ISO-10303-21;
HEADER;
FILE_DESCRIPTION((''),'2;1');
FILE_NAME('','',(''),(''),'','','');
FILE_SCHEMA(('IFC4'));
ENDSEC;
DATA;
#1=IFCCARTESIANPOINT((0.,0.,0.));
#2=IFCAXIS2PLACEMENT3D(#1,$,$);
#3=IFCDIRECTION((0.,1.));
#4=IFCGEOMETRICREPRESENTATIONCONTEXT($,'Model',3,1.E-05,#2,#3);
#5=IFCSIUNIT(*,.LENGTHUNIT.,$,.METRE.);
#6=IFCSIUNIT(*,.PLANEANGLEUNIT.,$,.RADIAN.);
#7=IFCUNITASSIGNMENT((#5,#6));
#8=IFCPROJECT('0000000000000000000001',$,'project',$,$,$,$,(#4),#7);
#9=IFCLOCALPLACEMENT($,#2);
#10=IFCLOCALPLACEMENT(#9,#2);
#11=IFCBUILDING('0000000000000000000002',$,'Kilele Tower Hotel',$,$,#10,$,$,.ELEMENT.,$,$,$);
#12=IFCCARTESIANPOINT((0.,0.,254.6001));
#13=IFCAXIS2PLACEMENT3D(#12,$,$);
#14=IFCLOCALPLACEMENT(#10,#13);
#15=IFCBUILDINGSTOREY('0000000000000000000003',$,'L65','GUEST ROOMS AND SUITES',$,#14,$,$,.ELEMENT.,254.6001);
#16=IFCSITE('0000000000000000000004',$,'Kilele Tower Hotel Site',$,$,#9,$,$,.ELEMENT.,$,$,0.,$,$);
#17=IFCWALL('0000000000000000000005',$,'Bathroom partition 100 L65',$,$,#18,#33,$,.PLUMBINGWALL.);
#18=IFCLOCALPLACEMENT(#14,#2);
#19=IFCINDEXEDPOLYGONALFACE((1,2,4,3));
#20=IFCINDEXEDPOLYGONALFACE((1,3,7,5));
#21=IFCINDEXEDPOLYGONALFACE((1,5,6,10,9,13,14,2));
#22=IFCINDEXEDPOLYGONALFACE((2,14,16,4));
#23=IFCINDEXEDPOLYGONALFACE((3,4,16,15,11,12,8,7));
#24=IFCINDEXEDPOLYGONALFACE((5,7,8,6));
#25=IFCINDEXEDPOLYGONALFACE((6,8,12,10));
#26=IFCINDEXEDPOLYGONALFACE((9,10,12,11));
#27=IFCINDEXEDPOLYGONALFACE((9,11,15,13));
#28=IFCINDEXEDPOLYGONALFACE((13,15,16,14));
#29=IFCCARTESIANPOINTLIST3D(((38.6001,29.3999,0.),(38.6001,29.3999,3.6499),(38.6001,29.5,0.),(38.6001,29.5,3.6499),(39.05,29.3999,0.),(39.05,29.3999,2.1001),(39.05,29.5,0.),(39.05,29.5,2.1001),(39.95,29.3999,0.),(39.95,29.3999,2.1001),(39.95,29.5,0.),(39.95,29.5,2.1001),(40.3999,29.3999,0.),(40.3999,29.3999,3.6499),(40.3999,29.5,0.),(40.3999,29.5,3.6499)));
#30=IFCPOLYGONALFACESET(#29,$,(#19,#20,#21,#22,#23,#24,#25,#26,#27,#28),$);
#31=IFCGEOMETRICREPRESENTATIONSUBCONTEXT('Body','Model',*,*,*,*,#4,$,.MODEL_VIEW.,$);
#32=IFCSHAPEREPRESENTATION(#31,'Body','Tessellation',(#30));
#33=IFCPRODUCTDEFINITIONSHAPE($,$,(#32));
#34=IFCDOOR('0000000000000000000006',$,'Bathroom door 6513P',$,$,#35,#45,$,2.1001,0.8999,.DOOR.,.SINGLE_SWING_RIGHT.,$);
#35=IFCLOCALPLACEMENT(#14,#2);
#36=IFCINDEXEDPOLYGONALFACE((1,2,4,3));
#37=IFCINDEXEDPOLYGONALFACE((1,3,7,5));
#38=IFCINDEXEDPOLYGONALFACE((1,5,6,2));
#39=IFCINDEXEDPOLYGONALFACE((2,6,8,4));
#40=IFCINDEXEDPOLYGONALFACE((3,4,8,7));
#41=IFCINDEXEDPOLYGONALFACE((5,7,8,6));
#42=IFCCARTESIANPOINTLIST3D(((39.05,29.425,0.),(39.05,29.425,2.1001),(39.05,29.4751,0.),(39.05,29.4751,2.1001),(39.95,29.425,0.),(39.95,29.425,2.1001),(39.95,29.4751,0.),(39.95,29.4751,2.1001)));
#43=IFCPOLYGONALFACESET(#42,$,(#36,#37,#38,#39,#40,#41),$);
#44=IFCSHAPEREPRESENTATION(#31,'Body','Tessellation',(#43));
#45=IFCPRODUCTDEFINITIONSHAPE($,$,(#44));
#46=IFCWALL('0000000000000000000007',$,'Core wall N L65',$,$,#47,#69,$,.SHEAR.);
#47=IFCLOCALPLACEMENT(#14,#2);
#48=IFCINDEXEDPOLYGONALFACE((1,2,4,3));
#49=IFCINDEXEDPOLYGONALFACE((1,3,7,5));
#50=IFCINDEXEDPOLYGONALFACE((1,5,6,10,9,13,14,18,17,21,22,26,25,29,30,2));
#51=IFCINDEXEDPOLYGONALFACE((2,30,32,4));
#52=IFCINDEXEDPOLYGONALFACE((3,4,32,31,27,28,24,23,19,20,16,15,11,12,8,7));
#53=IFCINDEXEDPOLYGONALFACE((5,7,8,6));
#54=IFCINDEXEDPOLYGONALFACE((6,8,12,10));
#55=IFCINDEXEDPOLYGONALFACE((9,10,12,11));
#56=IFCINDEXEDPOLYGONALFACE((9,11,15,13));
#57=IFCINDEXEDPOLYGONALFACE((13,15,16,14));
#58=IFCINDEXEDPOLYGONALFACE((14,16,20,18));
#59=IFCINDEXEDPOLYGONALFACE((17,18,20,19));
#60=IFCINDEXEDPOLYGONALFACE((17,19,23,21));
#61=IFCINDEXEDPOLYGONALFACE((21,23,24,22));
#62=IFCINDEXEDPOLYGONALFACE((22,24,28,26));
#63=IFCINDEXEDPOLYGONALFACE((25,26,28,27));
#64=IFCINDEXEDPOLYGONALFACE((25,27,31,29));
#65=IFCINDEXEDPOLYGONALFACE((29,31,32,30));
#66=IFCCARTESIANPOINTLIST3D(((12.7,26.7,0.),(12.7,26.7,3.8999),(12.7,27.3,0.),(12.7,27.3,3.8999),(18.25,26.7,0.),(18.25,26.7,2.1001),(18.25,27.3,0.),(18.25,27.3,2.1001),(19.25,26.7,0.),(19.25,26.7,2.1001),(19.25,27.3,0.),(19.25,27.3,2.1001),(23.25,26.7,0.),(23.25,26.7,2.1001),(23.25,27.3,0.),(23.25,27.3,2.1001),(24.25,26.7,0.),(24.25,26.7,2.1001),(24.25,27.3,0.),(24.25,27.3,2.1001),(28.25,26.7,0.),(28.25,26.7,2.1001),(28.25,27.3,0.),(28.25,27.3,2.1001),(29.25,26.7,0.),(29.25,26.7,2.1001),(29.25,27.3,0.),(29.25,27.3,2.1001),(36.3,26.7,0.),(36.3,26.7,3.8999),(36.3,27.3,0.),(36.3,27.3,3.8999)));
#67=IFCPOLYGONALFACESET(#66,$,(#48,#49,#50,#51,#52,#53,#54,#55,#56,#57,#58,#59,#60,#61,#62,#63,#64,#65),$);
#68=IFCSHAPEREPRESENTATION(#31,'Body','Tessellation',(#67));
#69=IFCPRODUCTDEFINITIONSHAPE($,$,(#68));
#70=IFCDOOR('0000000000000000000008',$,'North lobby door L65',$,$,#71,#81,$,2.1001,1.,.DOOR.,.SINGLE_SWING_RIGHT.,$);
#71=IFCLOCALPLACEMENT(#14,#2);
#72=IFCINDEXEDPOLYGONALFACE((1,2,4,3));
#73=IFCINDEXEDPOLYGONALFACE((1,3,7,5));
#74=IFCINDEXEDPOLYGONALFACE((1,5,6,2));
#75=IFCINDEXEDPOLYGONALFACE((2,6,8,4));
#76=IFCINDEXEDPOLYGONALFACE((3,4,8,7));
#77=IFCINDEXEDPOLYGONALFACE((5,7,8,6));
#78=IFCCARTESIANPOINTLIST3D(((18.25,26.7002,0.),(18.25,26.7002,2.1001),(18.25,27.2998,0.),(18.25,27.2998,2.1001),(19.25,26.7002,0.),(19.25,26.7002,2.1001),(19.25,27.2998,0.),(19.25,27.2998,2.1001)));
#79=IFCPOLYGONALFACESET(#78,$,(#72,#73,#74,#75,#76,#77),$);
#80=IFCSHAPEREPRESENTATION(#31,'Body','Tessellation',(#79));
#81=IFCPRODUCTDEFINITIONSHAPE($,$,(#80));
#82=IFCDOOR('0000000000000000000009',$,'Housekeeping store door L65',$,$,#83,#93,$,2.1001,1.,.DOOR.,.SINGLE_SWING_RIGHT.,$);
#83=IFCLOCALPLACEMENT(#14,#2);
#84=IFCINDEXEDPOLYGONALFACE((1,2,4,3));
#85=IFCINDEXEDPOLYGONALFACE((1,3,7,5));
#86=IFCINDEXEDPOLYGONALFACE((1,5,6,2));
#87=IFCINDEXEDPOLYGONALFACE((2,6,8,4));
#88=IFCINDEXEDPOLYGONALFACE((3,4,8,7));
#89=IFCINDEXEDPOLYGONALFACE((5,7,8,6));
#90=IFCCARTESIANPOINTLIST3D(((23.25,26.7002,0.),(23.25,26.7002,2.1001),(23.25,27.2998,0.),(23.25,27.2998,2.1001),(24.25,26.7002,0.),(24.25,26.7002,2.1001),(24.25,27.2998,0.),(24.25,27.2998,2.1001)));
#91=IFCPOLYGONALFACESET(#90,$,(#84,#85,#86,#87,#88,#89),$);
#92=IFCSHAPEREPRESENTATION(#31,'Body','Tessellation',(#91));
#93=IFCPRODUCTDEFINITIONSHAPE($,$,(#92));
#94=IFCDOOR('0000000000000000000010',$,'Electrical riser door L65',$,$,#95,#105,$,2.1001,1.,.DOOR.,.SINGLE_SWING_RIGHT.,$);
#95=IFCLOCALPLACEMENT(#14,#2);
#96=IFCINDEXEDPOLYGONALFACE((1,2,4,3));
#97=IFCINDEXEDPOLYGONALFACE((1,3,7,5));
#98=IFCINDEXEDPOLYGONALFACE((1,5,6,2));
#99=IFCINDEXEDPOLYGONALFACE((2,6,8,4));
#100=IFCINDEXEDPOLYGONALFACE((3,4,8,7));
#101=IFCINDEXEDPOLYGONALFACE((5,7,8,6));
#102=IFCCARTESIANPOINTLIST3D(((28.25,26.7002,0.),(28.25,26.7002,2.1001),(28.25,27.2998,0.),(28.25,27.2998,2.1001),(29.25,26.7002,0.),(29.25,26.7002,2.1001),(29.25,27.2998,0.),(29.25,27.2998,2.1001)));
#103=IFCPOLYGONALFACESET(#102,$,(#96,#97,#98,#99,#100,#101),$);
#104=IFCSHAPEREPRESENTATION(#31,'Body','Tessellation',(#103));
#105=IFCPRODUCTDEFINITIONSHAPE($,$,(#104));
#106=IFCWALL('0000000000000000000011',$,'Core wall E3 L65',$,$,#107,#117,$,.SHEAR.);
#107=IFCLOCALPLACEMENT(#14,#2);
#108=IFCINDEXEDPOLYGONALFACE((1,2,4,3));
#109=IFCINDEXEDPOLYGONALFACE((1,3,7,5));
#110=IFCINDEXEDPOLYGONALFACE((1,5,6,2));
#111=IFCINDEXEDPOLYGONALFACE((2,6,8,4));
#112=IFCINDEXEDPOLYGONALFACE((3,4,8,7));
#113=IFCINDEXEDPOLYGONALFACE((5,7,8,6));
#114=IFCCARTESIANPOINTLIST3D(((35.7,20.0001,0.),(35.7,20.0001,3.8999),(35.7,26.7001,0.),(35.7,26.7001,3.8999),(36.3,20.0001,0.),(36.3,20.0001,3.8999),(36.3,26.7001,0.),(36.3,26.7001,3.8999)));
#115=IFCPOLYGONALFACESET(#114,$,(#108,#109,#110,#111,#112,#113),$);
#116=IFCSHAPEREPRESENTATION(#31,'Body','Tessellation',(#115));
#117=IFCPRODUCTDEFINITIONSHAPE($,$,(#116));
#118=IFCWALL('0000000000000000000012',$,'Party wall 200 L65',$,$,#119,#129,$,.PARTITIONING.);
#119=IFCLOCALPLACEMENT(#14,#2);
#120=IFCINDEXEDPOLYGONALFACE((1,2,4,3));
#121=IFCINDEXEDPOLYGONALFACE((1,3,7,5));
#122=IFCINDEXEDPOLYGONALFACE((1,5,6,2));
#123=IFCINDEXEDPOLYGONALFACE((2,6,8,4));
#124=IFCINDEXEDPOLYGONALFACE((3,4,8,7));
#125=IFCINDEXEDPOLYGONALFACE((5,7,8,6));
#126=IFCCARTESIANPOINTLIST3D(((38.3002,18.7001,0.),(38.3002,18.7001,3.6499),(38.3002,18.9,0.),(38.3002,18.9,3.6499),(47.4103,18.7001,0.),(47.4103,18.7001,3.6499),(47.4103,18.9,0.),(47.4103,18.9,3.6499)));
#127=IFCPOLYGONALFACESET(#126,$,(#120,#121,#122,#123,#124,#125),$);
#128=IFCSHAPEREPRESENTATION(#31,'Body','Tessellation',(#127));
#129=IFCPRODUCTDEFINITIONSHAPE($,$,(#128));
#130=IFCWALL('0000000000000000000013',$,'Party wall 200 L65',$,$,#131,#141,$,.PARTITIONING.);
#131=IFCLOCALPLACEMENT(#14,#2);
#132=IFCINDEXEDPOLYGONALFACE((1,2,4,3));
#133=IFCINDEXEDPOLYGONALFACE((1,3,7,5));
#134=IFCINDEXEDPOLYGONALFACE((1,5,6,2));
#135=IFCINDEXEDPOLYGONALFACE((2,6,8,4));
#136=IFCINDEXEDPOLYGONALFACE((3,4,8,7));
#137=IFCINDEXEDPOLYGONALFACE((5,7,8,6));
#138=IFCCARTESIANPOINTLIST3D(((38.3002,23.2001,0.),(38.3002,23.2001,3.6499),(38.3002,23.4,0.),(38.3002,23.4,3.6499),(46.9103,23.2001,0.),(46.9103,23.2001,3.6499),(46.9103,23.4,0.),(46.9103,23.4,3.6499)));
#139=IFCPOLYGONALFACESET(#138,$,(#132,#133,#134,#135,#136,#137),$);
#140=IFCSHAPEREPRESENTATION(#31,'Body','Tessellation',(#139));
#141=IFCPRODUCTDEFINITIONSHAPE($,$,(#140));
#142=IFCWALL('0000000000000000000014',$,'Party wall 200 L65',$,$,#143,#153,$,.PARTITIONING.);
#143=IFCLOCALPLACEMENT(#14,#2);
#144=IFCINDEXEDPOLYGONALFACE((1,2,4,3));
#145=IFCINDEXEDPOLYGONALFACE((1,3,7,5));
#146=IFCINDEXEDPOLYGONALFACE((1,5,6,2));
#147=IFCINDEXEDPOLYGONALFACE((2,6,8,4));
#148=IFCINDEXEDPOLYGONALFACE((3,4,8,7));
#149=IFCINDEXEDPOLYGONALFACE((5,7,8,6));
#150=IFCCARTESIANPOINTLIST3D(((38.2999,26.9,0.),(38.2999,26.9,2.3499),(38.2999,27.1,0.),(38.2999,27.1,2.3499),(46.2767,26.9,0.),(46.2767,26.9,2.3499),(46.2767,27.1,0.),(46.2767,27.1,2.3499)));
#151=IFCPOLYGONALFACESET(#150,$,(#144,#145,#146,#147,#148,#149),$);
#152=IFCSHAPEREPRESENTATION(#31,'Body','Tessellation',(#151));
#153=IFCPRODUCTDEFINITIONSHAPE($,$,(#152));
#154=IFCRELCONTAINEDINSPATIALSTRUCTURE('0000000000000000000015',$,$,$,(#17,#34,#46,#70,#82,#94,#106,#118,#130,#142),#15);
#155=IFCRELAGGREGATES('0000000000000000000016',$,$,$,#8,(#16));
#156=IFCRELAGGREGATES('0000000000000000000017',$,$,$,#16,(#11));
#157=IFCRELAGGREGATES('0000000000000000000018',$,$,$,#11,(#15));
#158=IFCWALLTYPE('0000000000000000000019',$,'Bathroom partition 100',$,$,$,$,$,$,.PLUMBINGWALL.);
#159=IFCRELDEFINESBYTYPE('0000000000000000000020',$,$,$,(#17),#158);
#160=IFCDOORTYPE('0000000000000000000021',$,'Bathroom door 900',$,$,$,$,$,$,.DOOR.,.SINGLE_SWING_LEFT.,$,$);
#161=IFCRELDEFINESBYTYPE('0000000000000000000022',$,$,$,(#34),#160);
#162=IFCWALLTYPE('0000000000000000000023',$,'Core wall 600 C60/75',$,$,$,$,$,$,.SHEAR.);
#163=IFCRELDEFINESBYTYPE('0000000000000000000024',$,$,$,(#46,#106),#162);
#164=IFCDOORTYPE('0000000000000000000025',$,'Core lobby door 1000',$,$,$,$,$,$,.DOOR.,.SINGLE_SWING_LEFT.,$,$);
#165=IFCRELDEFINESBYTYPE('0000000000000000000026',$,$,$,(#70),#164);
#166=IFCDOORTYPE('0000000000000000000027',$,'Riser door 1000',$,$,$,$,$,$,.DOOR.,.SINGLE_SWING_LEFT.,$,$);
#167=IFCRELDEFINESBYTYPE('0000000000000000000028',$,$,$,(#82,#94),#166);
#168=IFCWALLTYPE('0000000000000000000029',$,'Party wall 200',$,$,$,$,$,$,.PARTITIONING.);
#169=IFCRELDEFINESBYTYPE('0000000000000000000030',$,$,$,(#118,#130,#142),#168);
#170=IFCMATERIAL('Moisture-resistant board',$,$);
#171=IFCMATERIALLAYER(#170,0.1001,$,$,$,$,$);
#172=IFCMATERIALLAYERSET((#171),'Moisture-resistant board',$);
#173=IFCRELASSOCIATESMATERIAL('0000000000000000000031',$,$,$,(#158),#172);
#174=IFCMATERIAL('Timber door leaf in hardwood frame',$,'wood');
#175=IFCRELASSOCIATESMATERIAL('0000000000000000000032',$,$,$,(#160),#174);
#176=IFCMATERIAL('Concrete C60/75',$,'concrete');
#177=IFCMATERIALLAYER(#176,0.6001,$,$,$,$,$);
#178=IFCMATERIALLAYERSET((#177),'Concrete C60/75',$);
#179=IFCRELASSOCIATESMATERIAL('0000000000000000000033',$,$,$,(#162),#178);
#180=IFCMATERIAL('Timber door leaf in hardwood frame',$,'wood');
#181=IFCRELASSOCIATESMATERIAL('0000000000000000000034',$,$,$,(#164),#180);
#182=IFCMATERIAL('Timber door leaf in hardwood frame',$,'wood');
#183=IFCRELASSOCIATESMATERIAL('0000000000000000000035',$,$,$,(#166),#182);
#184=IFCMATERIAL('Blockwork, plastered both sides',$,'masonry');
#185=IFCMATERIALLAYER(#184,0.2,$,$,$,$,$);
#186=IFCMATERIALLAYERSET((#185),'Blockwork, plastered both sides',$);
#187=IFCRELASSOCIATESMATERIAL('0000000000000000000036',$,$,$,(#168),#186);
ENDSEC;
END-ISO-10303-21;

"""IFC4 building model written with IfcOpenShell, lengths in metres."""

from ifc_helpers import new_model, si_unit, direction, frame, frame_2d, origin, place, context, subcontext, project, spatial, rectangle, extrude, material, layer, layer_set, type_object, element, fill, save


model = new_model("IFC4")

# Units and contexts
model_context = context("Model", 3, precision=1e-05, world=origin(), true_north=direction((0.0, 1.0)))
body_context = subcontext(model_context, "Body", "Model", "MODEL_VIEW")
ifc_project = project(units=[si_unit("LENGTHUNIT", "METRE"), si_unit("PLANEANGLEUNIT", "RADIAN")], contexts=[model_context])

# Site, building, storey
site_placement = place(None, origin())
site = spatial("IfcSite", under=ifc_project, at=site_placement, Name="Kilele Tower Hotel Site", CompositionType="ELEMENT", RefElevation=0.0)
building_placement = place(site_placement, origin())
building = spatial("IfcBuilding", under=site, at=building_placement, Name="Kilele Tower Hotel", CompositionType="ELEMENT")
storey_placement = place(building_placement, frame((0.0, 0.0, 254.6001)))
storey = spatial("IfcBuildingStorey", under=building, at=storey_placement, Name="L65", Description="GUEST ROOMS AND SUITES", CompositionType="ELEMENT", Elevation=254.6001)

# Shared definitions
ifc_material_1 = material(Name="Moisture-resistant board")
ifc_layer_1 = layer(ifc_material_1, 0.1001)
ifc_layer_set_1 = layer_set([ifc_layer_1], Name="Moisture-resistant board")
wall_type_1 = type_object("IfcWallType", Name="Bathroom partition 100", PredefinedType="PLUMBINGWALL", material=ifc_layer_set_1)

# Wall, opening, door
ifc_material_2 = material(Name="Timber door leaf in hardwood frame", Category="wood")
door_type_1 = type_object("IfcDoorType", Name="Bathroom door 900", OperationType="SINGLE_SWING_LEFT", PredefinedType="DOOR", material=ifc_material_2)
wall_1_placement = place(storey_placement, frame((38.6001, 29.45, 0.0), z_axis=(0.0, 0.0, 1.0), x_axis=(1.0, 0.0, 0.0)))
wall_1 = element("IfcWall", 1, at=wall_1_placement, inside=storey, type_object=wall_type_1, Name="Bathroom partition 100 L65", PredefinedType="PLUMBINGWALL", context=body_context, shape_type="SweptSolid", body=[
    extrude(rectangle(XDim=1.7998, YDim=0.1001, at=frame_2d((0.8999, 0.0))), origin(), (0.0, 0.0, 1.0), 3.6499),
])
opening_1_placement = place(wall_1_placement, frame((1.3499, 0.0, 0.0), z_axis=(0.0, 0.0, 1.0), x_axis=(-1.0, 0.0, 0.0)))
opening_1 = element("IfcOpeningElement", 2, at=opening_1_placement, cuts=wall_1, PredefinedType="OPENING", context=body_context, shape_type="SweptSolid", body=[
    extrude(rectangle(XDim=0.8999, YDim=2.1001, at=frame_2d((0.45, 1.05))), frame((0.0, 0.0601, 0.0), z_axis=(0.0, -1.0, 0.0), x_axis=(1.0, 0.0, 0.0)), (0.0, 0.0, 1.0), 0.1201),
])
door_1_placement = place(opening_1_placement, origin())
door_1 = element("IfcDoor", 3, at=door_1_placement, inside=storey, type_object=door_type_1, Name="Bathroom door 6513P", OperationType="SINGLE_SWING_RIGHT", OverallHeight=2.1001, OverallWidth=0.8999, PredefinedType="DOOR", context=body_context, shape_type="SweptSolid", body=[
    extrude(rectangle(XDim=0.8999, YDim=2.1001, at=frame_2d((0.45, 1.05))), frame((0.0, 0.0249, 0.0), z_axis=(0.0, -1.0, 0.0), x_axis=(1.0, 0.0, 0.0)), (0.0, 0.0, 1.0), 0.05),
])
fill(opening_1, door_1)

# Wall, openings, doors
ifc_material_3 = material(Name="Concrete C60/75", Category="concrete")
ifc_layer_2 = layer(ifc_material_3, 0.6001)
ifc_layer_set_2 = layer_set([ifc_layer_2], Name="Concrete C60/75")
wall_type_2 = type_object("IfcWallType", Name="Core wall 600 C60/75", PredefinedType="SHEAR", material=ifc_layer_set_2)
wall_2_placement = place(storey_placement, frame((36.3, 27.0, 0.0), z_axis=(0.0, 0.0, 1.0), x_axis=(-1.0, 0.0, 0.0)))
wall_2 = element("IfcWall", 4, at=wall_2_placement, inside=storey, type_object=wall_type_2, Name="Core wall N L65", PredefinedType="SHEAR", context=body_context, shape_type="SweptSolid", body=[
    extrude(rectangle(XDim=23.6001, YDim=0.6001, at=frame_2d((11.8, 0.0))), origin(), (0.0, 0.0, 1.0), 3.8999),
])
opening_2_placement = place(wall_2_placement, frame((17.05, 0.0, 0.0)))
opening_2 = element("IfcOpeningElement", 5, at=opening_2_placement, cuts=wall_2, PredefinedType="OPENING", context=body_context, shape_type="SweptSolid", body=[
    extrude(rectangle(XDim=1.0, YDim=2.1001, at=frame_2d((0.5, 1.05))), frame((0.0, 0.3101, 0.0), z_axis=(0.0, -1.0, 0.0), x_axis=(1.0, 0.0, 0.0)), (0.0, 0.0, 1.0), 0.6201),
])
opening_3_placement = place(wall_2_placement, frame((12.05, 0.0, 0.0)))
opening_3 = element("IfcOpeningElement", 6, at=opening_3_placement, cuts=wall_2, PredefinedType="OPENING", context=body_context, shape_type="SweptSolid", body=[
    extrude(rectangle(XDim=1.0, YDim=2.1001, at=frame_2d((0.5, 1.05))), frame((0.0, 0.3101, 0.0), z_axis=(0.0, -1.0, 0.0), x_axis=(1.0, 0.0, 0.0)), (0.0, 0.0, 1.0), 0.6201),
])
opening_4_placement = place(wall_2_placement, frame((7.05, 0.0, 0.0)))
opening_4 = element("IfcOpeningElement", 7, at=opening_4_placement, cuts=wall_2, PredefinedType="OPENING", context=body_context, shape_type="SweptSolid", body=[
    extrude(rectangle(XDim=1.0, YDim=2.1001, at=frame_2d((0.5, 1.05))), frame((0.0, 0.3101, 0.0), z_axis=(0.0, -1.0, 0.0), x_axis=(1.0, 0.0, 0.0)), (0.0, 0.0, 1.0), 0.6201),
])
ifc_material_4 = material(Name="Timber door leaf in hardwood frame", Category="wood")
door_type_2 = type_object("IfcDoorType", Name="Core lobby door 1000", OperationType="SINGLE_SWING_LEFT", PredefinedType="DOOR", material=ifc_material_4)
door_2_placement = place(opening_2_placement, origin())
door_2 = element("IfcDoor", 8, at=door_2_placement, inside=storey, type_object=door_type_2, Name="North lobby door L65", OperationType="SINGLE_SWING_RIGHT", OverallHeight=2.1001, OverallWidth=1.0, PredefinedType="DOOR", context=body_context, shape_type="SweptSolid", body=[
    extrude(rectangle(XDim=1.0, YDim=2.1001, at=frame_2d((0.5, 1.05))), frame((0.0, 0.2998, 0.0), z_axis=(0.0, -1.0, 0.0), x_axis=(1.0, 0.0, 0.0)), (0.0, 0.0, 1.0), 0.5996),
])
fill(opening_2, door_2)
ifc_material_5 = material(Name="Timber door leaf in hardwood frame", Category="wood")
door_type_3 = type_object("IfcDoorType", Name="Riser door 1000", OperationType="SINGLE_SWING_LEFT", PredefinedType="DOOR", material=ifc_material_5)
door_3_placement = place(opening_3_placement, origin())
door_3 = element("IfcDoor", 9, at=door_3_placement, inside=storey, type_object=door_type_3, Name="Housekeeping store door L65", OperationType="SINGLE_SWING_RIGHT", OverallHeight=2.1001, OverallWidth=1.0, PredefinedType="DOOR", context=body_context, shape_type="SweptSolid", body=[
    extrude(rectangle(XDim=1.0, YDim=2.1001, at=frame_2d((0.5, 1.05))), frame((0.0, 0.2998, 0.0), z_axis=(0.0, -1.0, 0.0), x_axis=(1.0, 0.0, 0.0)), (0.0, 0.0, 1.0), 0.5996),
])
fill(opening_3, door_3)
door_4_placement = place(opening_4_placement, origin())
door_4 = element("IfcDoor", 10, at=door_4_placement, inside=storey, type_object=door_type_3, Name="Electrical riser door L65", OperationType="SINGLE_SWING_RIGHT", OverallHeight=2.1001, OverallWidth=1.0, PredefinedType="DOOR", context=body_context, shape_type="SweptSolid", body=[
    extrude(rectangle(XDim=1.0, YDim=2.1001, at=frame_2d((0.5, 1.05))), frame((0.0, 0.2998, 0.0), z_axis=(0.0, -1.0, 0.0), x_axis=(1.0, 0.0, 0.0)), (0.0, 0.0, 1.0), 0.5996),
])
fill(opening_4, door_4)

# Walls
wall_3_placement = place(storey_placement, frame((36.0, 20.0, 0.0), z_axis=(0.0, 0.0, 1.0), x_axis=(0.0, 1.0, 0.0)))
element("IfcWall", 11, at=wall_3_placement, inside=storey, type_object=wall_type_2, Name="Core wall E3 L65", PredefinedType="SHEAR", context=body_context, shape_type="SweptSolid", body=[
    extrude(rectangle(XDim=6.7, YDim=0.6001, at=frame_2d((3.3501, 0.0))), origin(), (0.0, 0.0, 1.0), 3.8999),
])
ifc_material_6 = material(Name="Blockwork, plastered both sides", Category="masonry")
ifc_layer_3 = layer(ifc_material_6, 0.2)
ifc_layer_set_3 = layer_set([ifc_layer_3], Name="Blockwork, plastered both sides")
wall_type_3 = type_object("IfcWallType", Name="Party wall 200", PredefinedType="PARTITIONING", material=ifc_layer_set_3)
wall_4_placement = place(storey_placement, frame((38.3, 18.8, 0.0), z_axis=(0.0, 0.0, 1.0), x_axis=(1.0, 0.0, 0.0)))
element("IfcWall", 12, at=wall_4_placement, inside=storey, type_object=wall_type_3, Name="Party wall 200 L65", PredefinedType="PARTITIONING", context=body_context, shape_type="SweptSolid", body=[
    extrude(rectangle(XDim=9.1101, YDim=0.2, at=frame_2d((4.5552, 0.0))), origin(), (0.0, 0.0, 1.0), 3.6499),
])
wall_5_placement = place(storey_placement, frame((38.3, 23.3, 0.0), z_axis=(0.0, 0.0, 1.0), x_axis=(1.0, 0.0, 0.0)))
element("IfcWall", 13, at=wall_5_placement, inside=storey, type_object=wall_type_3, Name="Party wall 200 L65", PredefinedType="PARTITIONING", context=body_context, shape_type="SweptSolid", body=[
    extrude(rectangle(XDim=8.6101, YDim=0.2, at=frame_2d((4.3052, 0.0))), origin(), (0.0, 0.0, 1.0), 3.6499),
])
wall_6_placement = place(storey_placement, frame((38.3, 27.0, 0.0), z_axis=(0.0, 0.0, 1.0), x_axis=(1.0, 0.0, 0.0)))
element("IfcWall", 14, at=wall_6_placement, inside=storey, type_object=wall_type_3, Name="Party wall 200 L65", PredefinedType="PARTITIONING", context=body_context, shape_type="SweptSolid", body=[
    extrude(rectangle(XDim=7.9768, YDim=0.2, at=frame_2d((3.9883, 0.0))), origin(), (0.0, 0.0, 1.0), 2.3499),
])

save(model, "model.ifc")
